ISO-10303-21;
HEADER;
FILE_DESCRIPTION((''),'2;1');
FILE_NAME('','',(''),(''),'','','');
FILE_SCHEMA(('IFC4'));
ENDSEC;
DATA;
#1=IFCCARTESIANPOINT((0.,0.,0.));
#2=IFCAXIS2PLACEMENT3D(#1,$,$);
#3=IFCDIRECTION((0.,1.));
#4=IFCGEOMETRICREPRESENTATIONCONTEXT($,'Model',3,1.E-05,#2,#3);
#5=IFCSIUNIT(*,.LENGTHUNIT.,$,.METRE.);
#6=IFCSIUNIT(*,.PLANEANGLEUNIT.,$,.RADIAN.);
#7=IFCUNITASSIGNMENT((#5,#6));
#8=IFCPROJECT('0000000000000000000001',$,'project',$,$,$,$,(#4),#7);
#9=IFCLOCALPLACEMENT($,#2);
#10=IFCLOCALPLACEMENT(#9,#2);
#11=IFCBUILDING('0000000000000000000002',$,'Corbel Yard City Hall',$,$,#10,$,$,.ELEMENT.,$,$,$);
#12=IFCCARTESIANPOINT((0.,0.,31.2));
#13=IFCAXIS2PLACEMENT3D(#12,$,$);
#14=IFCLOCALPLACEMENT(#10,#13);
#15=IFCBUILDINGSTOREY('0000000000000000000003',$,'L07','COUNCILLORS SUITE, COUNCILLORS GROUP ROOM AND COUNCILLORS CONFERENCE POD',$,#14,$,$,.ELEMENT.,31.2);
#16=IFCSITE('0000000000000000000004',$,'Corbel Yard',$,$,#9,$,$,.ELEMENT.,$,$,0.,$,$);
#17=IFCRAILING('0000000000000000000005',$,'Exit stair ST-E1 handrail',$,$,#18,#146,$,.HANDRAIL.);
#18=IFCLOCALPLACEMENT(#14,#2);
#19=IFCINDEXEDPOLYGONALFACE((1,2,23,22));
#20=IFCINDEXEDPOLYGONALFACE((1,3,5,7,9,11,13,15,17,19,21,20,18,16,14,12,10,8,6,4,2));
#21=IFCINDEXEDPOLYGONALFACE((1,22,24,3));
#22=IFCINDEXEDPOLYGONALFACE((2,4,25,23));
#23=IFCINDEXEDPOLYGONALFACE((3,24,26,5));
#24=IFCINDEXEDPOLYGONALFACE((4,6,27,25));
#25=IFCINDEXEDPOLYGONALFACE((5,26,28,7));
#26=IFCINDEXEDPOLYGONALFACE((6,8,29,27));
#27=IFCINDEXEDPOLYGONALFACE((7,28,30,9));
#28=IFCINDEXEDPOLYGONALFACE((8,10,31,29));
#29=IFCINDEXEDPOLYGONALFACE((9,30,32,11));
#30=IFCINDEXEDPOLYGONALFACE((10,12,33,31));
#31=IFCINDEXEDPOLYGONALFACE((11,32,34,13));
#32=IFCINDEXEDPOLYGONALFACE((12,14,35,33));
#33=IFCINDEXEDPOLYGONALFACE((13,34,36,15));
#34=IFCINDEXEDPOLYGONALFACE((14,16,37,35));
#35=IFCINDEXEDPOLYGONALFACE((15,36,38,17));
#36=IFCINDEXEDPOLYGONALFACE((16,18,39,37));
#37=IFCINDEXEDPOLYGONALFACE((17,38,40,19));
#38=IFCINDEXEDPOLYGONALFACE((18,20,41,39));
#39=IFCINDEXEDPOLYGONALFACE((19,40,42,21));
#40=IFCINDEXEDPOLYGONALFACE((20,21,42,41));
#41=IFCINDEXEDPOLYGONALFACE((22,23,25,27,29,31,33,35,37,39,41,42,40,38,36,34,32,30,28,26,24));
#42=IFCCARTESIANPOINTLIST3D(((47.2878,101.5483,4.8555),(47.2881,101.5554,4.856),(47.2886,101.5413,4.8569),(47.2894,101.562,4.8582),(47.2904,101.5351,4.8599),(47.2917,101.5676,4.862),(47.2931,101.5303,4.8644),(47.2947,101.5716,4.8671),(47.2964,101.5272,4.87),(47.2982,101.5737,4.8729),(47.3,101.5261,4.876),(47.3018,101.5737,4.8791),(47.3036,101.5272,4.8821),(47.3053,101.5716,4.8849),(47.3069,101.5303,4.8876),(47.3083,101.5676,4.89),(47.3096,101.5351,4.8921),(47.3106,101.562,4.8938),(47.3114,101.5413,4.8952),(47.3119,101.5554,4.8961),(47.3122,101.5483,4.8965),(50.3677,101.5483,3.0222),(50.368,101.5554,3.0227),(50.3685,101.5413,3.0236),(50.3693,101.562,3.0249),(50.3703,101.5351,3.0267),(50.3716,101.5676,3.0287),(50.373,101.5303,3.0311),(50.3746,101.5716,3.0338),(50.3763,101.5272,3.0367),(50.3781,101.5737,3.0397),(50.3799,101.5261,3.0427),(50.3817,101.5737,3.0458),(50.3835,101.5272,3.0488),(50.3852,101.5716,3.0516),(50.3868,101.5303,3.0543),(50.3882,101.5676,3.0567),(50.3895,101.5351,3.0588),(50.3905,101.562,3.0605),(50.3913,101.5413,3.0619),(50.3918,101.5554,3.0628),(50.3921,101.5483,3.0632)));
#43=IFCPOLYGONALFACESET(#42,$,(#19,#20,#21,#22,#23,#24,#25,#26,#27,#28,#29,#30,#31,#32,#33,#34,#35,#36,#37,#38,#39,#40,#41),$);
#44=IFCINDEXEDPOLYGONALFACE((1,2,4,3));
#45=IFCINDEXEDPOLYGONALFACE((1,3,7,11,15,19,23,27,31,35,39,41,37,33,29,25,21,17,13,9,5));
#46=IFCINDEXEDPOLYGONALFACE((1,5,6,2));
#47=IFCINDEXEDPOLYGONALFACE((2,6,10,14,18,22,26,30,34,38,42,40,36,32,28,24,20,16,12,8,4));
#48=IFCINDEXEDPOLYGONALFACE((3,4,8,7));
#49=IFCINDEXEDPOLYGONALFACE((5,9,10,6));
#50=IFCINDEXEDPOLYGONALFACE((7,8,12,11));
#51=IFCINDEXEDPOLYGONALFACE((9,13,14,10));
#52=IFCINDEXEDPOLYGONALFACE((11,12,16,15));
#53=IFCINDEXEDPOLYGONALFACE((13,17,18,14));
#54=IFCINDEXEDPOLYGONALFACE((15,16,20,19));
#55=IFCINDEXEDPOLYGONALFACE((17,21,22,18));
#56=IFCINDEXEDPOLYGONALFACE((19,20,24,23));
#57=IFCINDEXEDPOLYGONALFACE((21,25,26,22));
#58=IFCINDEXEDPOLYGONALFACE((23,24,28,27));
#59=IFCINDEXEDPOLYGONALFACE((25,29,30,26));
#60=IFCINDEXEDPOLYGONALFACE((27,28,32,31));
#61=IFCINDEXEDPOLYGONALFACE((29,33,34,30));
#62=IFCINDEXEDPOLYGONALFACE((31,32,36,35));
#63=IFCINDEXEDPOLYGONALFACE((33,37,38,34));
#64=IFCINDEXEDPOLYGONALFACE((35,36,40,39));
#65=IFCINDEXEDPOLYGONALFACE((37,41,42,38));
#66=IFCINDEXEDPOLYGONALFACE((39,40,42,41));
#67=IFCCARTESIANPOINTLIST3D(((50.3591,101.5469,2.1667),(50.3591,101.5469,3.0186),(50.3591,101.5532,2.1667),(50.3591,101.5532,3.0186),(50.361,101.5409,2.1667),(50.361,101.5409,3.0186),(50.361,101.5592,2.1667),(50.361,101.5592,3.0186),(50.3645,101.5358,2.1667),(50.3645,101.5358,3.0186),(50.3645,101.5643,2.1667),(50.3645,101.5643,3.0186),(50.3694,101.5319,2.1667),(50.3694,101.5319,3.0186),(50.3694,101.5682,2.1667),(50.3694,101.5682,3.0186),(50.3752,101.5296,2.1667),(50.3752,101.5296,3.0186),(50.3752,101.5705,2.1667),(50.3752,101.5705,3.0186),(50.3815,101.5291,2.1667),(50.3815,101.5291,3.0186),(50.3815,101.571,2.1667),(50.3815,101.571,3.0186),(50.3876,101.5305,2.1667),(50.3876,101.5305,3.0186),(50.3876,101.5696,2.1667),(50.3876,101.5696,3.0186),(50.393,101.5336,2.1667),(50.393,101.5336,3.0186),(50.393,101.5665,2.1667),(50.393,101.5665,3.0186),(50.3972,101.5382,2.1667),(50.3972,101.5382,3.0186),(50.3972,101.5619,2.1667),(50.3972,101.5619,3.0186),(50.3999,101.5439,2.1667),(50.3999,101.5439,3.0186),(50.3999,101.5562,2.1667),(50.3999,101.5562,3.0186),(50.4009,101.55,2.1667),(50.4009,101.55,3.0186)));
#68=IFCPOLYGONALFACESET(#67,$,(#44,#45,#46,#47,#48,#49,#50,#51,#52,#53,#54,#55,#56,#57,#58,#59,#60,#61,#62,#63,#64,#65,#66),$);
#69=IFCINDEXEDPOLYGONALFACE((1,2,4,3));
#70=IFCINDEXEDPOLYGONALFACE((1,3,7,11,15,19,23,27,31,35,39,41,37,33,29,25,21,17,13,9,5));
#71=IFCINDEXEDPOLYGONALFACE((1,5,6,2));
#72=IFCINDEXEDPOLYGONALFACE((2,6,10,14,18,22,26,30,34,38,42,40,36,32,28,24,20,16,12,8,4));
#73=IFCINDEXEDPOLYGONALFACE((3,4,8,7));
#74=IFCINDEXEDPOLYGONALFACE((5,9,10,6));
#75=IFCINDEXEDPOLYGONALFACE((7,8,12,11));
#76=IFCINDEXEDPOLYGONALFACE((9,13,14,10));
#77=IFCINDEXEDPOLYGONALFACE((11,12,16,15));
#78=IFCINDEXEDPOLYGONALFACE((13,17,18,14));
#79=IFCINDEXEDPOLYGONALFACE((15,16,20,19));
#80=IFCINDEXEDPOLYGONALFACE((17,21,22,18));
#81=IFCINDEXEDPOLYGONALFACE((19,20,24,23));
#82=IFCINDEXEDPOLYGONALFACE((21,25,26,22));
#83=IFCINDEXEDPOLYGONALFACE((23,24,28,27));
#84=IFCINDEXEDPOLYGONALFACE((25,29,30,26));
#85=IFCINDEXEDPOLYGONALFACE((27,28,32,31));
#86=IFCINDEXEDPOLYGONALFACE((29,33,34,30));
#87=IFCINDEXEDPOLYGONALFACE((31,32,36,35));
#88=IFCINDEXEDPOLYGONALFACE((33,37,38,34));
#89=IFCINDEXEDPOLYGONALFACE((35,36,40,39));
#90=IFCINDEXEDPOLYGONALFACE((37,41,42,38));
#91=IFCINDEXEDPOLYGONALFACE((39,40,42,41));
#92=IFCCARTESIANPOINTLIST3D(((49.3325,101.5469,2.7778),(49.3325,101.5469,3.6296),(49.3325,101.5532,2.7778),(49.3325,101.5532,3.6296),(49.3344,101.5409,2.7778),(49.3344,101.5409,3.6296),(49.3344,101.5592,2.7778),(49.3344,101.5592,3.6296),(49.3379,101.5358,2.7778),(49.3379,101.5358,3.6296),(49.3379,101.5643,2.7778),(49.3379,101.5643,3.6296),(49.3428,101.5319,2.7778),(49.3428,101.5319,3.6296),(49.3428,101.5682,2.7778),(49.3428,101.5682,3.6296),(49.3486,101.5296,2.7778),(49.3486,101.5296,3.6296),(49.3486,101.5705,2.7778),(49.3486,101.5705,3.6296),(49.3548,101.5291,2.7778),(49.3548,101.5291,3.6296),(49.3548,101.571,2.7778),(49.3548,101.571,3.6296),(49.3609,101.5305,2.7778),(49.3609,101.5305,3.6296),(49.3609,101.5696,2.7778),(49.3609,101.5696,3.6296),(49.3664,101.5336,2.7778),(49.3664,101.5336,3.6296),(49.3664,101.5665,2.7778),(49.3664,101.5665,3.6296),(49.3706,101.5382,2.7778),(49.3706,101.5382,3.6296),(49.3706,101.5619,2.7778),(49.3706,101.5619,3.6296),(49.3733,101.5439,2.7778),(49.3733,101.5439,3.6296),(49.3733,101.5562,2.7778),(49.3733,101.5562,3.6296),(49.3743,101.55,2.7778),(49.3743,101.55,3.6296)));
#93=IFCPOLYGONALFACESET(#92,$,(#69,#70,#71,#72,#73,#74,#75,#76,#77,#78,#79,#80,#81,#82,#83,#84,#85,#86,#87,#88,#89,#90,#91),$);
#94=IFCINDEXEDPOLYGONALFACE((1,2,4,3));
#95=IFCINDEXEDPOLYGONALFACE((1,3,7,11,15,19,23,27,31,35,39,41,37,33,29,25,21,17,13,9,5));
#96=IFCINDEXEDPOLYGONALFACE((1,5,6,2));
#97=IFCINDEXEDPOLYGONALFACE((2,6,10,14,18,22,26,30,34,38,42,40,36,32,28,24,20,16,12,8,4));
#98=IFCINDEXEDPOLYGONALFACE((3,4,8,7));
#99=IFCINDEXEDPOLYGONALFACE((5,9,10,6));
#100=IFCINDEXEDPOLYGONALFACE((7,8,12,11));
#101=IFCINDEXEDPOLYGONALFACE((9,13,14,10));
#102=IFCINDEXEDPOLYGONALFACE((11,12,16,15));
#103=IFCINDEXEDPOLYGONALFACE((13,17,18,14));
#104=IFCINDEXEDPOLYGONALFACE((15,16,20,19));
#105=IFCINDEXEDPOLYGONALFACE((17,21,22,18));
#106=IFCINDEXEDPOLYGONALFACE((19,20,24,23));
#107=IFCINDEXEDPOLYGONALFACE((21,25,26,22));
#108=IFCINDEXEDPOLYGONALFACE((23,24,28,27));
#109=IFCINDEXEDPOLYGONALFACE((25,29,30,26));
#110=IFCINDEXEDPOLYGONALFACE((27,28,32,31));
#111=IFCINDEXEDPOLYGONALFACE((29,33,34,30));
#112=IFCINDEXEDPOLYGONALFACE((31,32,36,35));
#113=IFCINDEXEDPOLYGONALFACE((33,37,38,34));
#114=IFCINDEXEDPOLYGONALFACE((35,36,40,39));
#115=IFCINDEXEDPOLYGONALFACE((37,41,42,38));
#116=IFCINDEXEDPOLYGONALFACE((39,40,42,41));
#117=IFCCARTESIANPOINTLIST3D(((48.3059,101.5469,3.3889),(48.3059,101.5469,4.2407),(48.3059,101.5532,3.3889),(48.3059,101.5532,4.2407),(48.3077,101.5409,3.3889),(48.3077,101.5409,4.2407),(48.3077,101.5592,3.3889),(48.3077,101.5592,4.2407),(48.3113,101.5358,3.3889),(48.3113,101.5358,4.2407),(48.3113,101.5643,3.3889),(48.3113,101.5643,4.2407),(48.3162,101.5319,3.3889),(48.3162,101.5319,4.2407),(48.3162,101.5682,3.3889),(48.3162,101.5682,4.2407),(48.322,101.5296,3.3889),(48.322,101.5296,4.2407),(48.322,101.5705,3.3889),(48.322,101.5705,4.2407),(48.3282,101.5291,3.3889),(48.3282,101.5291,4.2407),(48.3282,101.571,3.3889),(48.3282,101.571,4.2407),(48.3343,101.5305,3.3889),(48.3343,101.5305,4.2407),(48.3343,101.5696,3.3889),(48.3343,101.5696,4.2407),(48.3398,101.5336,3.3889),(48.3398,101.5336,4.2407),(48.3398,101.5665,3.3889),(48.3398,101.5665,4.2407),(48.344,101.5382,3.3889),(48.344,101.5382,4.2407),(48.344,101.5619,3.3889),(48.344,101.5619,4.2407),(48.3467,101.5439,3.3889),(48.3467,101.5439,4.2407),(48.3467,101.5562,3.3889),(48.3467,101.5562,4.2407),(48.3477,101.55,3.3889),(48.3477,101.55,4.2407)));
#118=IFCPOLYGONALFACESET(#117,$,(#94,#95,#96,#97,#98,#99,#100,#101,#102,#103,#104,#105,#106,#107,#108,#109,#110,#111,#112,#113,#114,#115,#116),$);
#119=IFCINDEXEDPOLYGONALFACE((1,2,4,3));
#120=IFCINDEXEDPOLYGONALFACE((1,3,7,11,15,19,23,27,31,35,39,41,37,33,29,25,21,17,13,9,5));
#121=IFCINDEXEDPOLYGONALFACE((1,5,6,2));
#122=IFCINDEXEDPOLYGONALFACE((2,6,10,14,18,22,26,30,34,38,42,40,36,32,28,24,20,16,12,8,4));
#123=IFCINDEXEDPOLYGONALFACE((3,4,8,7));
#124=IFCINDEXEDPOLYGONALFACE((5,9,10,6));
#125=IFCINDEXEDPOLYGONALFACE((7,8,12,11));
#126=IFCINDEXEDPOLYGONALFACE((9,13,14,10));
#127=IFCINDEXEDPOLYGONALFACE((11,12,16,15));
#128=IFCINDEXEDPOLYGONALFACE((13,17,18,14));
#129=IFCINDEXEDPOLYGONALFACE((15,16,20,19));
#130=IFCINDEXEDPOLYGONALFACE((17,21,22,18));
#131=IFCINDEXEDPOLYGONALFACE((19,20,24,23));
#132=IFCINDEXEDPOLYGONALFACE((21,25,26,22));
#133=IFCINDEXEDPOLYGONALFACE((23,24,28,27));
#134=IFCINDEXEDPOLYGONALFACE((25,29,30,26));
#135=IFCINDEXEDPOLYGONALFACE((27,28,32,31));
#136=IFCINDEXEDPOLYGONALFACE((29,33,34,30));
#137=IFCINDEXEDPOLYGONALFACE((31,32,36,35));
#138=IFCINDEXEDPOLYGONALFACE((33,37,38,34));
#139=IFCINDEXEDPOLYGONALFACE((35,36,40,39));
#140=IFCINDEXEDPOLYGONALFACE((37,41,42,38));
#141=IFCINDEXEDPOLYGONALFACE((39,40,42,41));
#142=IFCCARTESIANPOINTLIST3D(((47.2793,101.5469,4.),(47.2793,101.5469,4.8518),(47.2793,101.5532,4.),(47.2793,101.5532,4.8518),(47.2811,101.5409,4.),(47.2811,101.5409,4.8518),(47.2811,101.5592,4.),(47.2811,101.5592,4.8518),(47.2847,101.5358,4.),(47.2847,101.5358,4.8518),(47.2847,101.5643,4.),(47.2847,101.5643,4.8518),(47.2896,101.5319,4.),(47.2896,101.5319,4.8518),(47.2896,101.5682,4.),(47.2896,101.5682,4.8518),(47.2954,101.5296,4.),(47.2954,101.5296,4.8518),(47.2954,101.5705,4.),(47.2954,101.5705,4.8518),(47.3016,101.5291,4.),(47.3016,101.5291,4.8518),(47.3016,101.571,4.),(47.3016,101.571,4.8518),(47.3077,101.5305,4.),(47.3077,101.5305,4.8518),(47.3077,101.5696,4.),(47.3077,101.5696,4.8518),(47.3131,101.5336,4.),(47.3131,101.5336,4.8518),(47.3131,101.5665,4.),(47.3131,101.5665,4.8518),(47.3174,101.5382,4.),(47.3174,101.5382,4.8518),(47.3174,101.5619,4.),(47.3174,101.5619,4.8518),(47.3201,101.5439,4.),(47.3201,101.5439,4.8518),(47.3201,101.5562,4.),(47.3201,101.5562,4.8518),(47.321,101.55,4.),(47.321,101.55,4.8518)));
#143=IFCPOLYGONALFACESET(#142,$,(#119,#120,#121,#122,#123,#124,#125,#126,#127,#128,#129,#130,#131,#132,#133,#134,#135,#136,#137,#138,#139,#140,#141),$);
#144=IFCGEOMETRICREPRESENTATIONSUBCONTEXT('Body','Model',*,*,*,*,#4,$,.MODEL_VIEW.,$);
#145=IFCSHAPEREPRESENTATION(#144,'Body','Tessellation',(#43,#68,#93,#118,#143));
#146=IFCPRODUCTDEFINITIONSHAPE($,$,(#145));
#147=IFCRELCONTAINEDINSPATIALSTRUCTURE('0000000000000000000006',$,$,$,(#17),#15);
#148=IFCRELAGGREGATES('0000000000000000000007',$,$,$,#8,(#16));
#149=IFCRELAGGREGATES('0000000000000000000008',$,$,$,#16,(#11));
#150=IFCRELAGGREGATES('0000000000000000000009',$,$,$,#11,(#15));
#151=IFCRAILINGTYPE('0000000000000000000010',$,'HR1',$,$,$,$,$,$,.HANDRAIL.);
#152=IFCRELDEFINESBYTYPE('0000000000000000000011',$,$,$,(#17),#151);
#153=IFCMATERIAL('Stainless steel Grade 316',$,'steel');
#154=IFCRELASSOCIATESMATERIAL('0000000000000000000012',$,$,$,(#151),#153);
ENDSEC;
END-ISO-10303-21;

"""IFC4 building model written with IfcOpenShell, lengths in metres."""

from ifc_helpers import new_model, si_unit, direction, frame, origin, origin_2d, place, context, subcontext, project, spatial, circle, extrude, material, type_object, element, save


model = new_model("IFC4")

# Units and contexts
model_context = context("Model", 3, precision=1e-05, world=origin(), true_north=direction((0.0, 1.0)))
body_context = subcontext(model_context, "Body", "Model", "MODEL_VIEW")
ifc_project = project(units=[si_unit("LENGTHUNIT", "METRE"), si_unit("PLANEANGLEUNIT", "RADIAN")], contexts=[model_context])

# Site, building, storey
site_placement = place(None, origin())
site = spatial("IfcSite", under=ifc_project, at=site_placement, Name="Corbel Yard", CompositionType="ELEMENT", RefElevation=0.0)
building_placement = place(site_placement, origin())
building = spatial("IfcBuilding", under=site, at=building_placement, Name="Corbel Yard City Hall", CompositionType="ELEMENT")
storey_placement = place(building_placement, frame((0.0, 0.0, 31.2)))
storey = spatial("IfcBuildingStorey", under=building, at=storey_placement, Name="L07", Description="COUNCILLORS SUITE, COUNCILLORS GROUP ROOM AND COUNCILLORS CONFERENCE POD", CompositionType="ELEMENT", Elevation=31.2)

# Shared definitions
ifc_material_1 = material(Name="Stainless steel Grade 316", Category="steel")

# Railing
railing_type = type_object("IfcRailingType", Name="HR1", PredefinedType="HANDRAIL", material=ifc_material_1)
for number, where, name in (
    (1, (50.3799, 101.55, 2.1667), "Exit stair ST-E1 handrail"),
):
    element("IfcRailing", number, at=place(storey_placement, frame(where)), inside=storey, type_object=railing_type, Name=name, PredefinedType="HANDRAIL", context=body_context, shape_type="SweptSolid", body=[
        extrude(circle(Radius=0.0239, at=origin_2d()), frame((0.0, 0.0, 0.876), z_axis=(-0.859291, 0.0, 0.511487), x_axis=(0.0, -1.0, 0.0)), (0.0, 0.0, 1.0), 3.5842),
        extrude(circle(Radius=0.021, at=origin_2d()), origin(), (0.0, 0.0, 1.0), 0.8518),
        extrude(circle(Radius=0.021, at=origin_2d()), frame((-1.0266, 0.0, 0.6111)), (0.0, 0.0, 1.0), 0.8518),
        extrude(circle(Radius=0.021, at=origin_2d()), frame((-2.0532, 0.0, 1.2222)), (0.0, 0.0, 1.0), 0.8518),
        extrude(circle(Radius=0.021, at=origin_2d()), frame((-3.0798, 0.0, 1.8333)), (0.0, 0.0, 1.0), 0.8518),
    ])

save(model, "model.ifc")
